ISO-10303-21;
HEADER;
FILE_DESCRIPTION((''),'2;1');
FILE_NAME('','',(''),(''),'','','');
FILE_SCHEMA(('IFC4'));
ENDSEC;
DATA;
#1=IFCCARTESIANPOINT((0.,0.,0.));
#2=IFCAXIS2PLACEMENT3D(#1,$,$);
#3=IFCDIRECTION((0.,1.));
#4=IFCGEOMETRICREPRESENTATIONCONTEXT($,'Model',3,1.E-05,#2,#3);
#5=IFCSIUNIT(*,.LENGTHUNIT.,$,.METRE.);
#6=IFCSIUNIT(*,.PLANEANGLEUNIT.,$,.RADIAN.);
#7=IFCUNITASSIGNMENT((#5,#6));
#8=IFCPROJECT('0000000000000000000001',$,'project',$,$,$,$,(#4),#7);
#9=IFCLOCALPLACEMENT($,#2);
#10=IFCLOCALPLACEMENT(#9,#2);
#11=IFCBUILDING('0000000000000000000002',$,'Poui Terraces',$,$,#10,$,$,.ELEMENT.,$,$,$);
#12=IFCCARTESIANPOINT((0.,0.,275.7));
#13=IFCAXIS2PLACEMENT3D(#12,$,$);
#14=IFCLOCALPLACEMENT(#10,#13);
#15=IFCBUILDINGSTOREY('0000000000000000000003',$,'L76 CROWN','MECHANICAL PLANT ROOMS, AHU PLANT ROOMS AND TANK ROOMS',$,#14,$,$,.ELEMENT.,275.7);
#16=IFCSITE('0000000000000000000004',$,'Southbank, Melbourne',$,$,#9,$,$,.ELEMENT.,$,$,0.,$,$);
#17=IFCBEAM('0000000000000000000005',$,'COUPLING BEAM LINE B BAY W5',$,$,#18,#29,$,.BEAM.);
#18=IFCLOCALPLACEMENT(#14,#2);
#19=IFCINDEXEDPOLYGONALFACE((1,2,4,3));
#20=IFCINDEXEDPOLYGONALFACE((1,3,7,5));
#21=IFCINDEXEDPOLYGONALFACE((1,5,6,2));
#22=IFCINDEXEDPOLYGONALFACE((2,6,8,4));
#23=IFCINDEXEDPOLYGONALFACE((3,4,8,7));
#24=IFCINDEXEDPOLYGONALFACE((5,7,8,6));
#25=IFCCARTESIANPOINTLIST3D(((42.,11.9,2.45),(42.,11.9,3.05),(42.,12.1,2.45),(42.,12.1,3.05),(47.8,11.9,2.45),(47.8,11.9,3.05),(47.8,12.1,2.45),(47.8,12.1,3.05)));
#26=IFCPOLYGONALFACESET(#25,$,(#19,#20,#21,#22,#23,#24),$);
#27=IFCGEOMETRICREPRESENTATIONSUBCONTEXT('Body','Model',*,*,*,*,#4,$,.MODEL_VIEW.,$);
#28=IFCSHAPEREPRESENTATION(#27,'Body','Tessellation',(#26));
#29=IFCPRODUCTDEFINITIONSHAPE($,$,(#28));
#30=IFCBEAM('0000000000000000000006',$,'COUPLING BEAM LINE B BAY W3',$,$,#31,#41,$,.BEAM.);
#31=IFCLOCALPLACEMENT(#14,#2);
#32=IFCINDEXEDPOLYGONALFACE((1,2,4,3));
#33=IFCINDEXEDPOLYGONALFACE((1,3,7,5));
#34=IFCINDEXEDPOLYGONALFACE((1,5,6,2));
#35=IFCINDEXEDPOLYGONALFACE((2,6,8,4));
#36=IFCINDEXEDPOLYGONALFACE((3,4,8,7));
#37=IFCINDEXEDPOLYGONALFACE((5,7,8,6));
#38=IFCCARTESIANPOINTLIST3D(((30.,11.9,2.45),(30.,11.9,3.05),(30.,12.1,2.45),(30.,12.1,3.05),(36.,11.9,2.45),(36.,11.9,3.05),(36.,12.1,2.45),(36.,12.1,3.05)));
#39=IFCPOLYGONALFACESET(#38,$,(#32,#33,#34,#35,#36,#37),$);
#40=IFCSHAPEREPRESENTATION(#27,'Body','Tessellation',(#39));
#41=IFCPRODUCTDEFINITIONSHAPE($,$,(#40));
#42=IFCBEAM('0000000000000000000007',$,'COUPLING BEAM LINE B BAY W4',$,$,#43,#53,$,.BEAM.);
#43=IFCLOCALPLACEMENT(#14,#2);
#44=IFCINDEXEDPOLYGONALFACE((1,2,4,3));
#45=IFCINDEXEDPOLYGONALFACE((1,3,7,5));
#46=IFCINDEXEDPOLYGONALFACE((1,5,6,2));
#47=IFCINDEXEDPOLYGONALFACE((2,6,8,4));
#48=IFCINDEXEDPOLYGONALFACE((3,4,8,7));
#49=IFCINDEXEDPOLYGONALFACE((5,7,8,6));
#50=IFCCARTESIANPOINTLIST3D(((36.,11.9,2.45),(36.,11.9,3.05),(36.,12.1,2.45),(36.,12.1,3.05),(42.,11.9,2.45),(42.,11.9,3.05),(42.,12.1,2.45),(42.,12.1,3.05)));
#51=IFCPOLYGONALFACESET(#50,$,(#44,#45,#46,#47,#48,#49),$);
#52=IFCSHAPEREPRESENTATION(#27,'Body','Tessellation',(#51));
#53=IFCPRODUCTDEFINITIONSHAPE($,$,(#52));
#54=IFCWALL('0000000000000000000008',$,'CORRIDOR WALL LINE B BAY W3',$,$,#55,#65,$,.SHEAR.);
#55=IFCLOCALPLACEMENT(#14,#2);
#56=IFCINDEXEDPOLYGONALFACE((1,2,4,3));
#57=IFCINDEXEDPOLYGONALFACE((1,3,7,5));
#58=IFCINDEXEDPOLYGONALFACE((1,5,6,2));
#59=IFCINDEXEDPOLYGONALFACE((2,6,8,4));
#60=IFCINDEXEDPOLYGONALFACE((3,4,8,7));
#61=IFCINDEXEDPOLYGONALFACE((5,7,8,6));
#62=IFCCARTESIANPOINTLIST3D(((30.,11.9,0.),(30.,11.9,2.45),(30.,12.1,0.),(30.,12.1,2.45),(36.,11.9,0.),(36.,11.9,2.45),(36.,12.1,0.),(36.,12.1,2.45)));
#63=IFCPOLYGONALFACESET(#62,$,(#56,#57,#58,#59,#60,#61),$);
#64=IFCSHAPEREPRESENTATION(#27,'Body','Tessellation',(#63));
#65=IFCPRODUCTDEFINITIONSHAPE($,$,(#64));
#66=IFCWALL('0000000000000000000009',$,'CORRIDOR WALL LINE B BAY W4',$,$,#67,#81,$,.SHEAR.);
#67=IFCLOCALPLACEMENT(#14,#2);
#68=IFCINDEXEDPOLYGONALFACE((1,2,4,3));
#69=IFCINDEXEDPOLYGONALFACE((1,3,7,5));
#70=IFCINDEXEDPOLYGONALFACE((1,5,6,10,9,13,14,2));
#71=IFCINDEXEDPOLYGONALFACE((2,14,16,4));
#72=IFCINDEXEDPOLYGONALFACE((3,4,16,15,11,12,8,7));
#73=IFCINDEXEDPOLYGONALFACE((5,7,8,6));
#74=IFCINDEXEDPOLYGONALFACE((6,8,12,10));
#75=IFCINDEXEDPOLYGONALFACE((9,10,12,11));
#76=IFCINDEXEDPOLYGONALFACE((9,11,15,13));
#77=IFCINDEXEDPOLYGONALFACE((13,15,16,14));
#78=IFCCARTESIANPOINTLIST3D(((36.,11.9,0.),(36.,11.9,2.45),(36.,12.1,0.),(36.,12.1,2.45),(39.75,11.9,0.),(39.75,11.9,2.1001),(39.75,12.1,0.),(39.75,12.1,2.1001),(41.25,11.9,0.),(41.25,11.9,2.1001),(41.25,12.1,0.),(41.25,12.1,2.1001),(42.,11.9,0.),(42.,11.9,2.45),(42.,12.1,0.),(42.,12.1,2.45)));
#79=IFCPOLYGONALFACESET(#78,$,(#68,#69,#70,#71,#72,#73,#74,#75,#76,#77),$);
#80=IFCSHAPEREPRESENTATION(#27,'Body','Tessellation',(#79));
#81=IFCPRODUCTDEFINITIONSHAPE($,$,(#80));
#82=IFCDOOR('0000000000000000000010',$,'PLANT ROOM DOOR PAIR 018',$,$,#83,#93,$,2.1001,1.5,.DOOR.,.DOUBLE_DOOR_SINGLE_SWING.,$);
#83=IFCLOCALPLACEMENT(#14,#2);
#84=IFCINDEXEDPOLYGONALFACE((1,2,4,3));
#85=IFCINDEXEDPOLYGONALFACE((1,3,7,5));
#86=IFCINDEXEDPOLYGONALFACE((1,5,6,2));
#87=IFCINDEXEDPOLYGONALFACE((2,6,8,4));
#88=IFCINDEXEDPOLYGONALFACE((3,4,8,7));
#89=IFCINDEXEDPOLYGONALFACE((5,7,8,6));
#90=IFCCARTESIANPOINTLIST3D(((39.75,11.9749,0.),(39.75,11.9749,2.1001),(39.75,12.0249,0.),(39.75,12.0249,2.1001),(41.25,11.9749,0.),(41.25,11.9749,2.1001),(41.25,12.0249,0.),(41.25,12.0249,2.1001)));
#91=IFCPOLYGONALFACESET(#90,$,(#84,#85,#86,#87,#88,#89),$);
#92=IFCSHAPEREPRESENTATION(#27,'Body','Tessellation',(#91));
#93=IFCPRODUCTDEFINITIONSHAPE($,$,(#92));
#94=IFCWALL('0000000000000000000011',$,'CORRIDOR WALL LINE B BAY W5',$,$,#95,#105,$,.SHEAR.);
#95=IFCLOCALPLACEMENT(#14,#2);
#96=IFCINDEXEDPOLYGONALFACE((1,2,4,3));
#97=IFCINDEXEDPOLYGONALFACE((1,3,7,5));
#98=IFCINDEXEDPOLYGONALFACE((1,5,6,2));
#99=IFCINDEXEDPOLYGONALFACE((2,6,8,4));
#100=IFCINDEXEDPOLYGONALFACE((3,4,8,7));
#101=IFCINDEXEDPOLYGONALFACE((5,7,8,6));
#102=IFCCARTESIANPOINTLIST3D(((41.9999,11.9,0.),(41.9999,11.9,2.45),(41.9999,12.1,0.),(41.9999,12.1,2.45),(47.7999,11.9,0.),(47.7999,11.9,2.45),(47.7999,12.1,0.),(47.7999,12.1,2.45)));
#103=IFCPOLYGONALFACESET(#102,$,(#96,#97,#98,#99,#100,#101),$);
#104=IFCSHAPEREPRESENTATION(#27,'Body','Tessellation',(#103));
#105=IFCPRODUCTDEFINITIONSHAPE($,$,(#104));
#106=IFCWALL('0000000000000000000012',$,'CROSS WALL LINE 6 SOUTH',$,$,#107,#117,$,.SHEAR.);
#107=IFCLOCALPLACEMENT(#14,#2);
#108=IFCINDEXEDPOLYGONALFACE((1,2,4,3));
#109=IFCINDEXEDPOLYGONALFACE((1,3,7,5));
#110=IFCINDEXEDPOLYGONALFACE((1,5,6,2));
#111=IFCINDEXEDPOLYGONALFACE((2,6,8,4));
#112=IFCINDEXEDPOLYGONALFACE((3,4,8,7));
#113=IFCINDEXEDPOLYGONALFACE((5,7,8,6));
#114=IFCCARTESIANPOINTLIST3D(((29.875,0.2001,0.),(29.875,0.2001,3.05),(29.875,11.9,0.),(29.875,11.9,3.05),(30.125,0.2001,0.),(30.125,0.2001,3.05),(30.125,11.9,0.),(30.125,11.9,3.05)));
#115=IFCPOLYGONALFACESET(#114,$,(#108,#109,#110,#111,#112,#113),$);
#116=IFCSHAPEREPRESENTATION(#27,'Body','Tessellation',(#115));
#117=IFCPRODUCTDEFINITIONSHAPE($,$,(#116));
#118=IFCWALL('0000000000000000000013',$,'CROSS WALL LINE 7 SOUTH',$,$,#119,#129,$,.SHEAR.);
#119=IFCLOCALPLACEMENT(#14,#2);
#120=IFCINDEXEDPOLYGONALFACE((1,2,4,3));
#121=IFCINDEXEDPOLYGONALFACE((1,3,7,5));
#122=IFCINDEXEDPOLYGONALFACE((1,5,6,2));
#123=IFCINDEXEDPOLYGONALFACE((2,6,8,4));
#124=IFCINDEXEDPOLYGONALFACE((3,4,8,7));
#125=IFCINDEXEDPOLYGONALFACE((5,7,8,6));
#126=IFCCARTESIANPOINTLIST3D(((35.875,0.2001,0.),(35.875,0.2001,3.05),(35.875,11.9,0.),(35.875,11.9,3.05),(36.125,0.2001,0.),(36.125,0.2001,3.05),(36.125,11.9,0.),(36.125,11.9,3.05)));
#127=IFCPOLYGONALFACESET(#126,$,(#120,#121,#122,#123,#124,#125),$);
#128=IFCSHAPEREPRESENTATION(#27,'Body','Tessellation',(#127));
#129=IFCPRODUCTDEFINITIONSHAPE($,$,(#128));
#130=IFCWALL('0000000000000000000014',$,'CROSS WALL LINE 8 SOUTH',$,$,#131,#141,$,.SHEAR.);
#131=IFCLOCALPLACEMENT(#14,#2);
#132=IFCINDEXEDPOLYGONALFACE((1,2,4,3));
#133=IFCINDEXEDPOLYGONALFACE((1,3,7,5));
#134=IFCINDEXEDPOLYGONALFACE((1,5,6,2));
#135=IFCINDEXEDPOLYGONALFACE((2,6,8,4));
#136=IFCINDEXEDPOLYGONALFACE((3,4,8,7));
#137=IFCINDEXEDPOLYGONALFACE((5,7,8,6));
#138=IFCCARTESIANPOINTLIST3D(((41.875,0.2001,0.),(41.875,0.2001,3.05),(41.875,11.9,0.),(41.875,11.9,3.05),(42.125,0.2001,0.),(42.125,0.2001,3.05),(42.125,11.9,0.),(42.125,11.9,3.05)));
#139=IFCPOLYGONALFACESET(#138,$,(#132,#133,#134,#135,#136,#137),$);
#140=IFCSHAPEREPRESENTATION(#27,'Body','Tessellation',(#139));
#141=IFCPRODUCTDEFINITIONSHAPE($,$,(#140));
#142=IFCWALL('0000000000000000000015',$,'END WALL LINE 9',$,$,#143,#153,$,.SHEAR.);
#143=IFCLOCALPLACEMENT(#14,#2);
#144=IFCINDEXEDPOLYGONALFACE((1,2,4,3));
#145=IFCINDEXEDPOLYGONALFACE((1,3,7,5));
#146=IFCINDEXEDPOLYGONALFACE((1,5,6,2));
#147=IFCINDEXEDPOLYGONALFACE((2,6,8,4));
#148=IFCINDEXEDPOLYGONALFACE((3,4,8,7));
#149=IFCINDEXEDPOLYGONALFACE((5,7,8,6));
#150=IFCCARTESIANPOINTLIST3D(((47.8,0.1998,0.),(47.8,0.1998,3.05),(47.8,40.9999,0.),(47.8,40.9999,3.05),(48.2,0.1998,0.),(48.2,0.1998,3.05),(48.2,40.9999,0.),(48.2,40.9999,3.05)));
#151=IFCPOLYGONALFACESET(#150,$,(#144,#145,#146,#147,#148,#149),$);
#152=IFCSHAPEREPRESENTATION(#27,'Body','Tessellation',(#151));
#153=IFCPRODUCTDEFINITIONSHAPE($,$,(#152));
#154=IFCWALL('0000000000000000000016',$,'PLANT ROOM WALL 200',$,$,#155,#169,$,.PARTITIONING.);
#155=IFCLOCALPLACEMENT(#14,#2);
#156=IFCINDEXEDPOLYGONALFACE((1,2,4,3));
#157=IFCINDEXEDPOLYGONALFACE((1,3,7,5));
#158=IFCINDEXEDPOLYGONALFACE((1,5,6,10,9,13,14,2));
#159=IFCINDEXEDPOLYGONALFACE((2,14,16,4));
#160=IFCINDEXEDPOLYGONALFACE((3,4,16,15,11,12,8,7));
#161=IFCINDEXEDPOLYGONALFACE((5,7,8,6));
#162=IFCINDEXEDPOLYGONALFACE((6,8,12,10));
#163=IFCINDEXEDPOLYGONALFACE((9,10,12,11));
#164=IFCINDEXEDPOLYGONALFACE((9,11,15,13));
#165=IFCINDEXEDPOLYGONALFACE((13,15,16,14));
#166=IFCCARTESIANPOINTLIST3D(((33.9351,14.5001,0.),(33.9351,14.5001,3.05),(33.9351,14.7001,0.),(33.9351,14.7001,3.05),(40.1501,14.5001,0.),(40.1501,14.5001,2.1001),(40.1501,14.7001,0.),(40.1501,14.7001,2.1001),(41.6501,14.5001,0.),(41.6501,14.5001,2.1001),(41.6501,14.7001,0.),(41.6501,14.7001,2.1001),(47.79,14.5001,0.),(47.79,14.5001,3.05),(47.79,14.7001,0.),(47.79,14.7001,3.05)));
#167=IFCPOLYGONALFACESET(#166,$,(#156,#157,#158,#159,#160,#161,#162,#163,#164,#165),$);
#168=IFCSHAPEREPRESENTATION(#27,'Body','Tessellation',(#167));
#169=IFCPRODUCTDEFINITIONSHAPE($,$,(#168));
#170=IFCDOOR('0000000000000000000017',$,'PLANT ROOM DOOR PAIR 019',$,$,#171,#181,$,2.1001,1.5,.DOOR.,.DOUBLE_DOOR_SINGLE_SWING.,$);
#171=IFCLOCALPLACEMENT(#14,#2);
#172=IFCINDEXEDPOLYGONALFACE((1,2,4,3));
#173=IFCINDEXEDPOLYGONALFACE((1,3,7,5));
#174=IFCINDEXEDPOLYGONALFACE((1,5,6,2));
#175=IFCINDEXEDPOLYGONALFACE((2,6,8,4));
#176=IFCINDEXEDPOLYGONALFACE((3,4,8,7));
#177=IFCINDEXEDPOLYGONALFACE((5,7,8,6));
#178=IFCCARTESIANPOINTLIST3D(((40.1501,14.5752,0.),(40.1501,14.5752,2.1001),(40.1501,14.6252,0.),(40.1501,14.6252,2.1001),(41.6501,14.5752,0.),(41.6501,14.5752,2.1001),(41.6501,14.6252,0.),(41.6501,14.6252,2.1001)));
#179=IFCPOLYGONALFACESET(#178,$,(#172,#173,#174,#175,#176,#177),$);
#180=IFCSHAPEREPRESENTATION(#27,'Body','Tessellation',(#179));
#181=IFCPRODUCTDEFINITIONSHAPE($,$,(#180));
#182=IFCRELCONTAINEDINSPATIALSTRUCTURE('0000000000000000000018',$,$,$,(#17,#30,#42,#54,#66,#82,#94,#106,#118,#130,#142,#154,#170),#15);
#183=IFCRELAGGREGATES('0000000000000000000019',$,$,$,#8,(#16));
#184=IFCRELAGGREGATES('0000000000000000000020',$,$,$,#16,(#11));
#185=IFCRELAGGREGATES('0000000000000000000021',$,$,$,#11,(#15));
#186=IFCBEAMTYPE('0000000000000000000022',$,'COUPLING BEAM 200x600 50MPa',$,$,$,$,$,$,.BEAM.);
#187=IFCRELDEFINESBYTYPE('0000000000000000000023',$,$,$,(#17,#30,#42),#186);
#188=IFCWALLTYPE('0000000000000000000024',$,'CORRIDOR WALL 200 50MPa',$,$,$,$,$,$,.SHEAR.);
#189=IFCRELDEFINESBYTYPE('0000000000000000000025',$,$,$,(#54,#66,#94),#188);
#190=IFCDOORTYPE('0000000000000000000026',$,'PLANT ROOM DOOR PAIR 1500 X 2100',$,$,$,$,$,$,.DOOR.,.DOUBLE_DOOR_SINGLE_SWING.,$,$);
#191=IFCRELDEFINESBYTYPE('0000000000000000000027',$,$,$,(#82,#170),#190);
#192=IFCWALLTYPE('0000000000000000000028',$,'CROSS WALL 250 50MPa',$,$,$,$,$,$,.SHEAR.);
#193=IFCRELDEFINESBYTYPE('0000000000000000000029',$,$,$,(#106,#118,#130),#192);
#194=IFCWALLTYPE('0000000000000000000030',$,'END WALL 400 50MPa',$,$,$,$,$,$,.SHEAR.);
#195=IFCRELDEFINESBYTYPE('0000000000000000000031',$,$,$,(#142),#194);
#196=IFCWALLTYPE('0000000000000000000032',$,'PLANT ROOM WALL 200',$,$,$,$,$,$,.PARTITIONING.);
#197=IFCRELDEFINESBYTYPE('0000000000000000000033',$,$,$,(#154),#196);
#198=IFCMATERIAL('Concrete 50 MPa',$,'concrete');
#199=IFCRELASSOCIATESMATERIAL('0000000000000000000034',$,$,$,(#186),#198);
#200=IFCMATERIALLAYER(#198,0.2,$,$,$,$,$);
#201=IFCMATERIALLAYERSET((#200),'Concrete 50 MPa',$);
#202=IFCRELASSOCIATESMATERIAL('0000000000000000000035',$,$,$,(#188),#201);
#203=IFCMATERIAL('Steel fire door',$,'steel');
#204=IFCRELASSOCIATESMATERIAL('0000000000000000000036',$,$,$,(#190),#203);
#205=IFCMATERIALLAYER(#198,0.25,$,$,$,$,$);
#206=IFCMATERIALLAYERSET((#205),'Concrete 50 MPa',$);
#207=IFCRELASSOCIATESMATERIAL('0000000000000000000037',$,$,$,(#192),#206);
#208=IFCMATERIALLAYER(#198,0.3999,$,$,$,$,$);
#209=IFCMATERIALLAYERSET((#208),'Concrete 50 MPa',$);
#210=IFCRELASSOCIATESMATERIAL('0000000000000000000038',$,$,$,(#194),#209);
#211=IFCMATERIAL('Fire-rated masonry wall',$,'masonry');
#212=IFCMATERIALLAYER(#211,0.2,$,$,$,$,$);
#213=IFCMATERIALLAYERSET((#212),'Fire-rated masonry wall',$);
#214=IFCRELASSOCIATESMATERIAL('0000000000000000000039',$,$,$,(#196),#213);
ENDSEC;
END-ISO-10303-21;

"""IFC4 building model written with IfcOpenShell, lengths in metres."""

from ifc_helpers import new_model, si_unit, direction, frame, frame_2d, origin, origin_2d, place, context, subcontext, project, spatial, rectangle, extrude, source, transform, mapped, material, layer, layer_set, material_profile, profile_set, type_object, element, fill, save


model = new_model("IFC4")

# Units and contexts
model_context = context("Model", 3, precision=1e-05, world=origin(), true_north=direction((0.0, 1.0)))
body_context = subcontext(model_context, "Body", "Model", "MODEL_VIEW")
ifc_project = project(units=[si_unit("LENGTHUNIT", "METRE"), si_unit("PLANEANGLEUNIT", "RADIAN")], contexts=[model_context])

# Site, building, storey
site_placement = place(None, origin())
site = spatial("IfcSite", under=ifc_project, at=site_placement, Name="Southbank, Melbourne", CompositionType="ELEMENT", RefElevation=0.0)
building_placement = place(site_placement, origin())
building = spatial("IfcBuilding", under=site, at=building_placement, Name="Poui Terraces", CompositionType="ELEMENT")
storey_placement = place(building_placement, frame((0.0, 0.0, 275.7)))
storey = spatial("IfcBuildingStorey", under=building, at=storey_placement, Name="L76 CROWN", Description="MECHANICAL PLANT ROOMS, AHU PLANT ROOMS AND TANK ROOMS", CompositionType="ELEMENT", Elevation=275.7)

# Beams
ifc_material_1 = material(Name="Concrete 50 MPa", Category="concrete")
ifc_material_profile_1 = material_profile(ifc_material_1, rectangle(XDim=0.2, YDim=0.6001, at=origin_2d()), Name="RC 200x600")
ifc_profile_set_1 = profile_set([ifc_material_profile_1], Name="Concrete 50 MPa")
beam_type = type_object("IfcBeamType", Name="COUPLING BEAM 200x600 50MPa", PredefinedType="BEAM", material=ifc_profile_set_1)
shared_shape_1 = source(origin(), body_context, "Body", "SweptSolid", [
    extrude(rectangle(XDim=0.2, YDim=0.6001, at=origin_2d()), origin(), (0.0, 0.0, 1.0), 5.8),
])
beam_placement = place(storey_placement, frame((42.0, 12.0, 2.75), z_axis=(1.0, 0.0, 0.0), x_axis=(0.0, 1.0, 0.0)))
element("IfcBeam", 1, at=beam_placement, inside=storey, type_object=beam_type, Name="COUPLING BEAM LINE B BAY W5", PredefinedType="BEAM", context=body_context, shape_type="MappedRepresentation", body=[
    mapped(shared_shape_1, transform((0.0, 0.0, 0.0))),
])
shared_shape_2 = source(origin(), body_context, "Body", "SweptSolid", [
    extrude(rectangle(XDim=0.2, YDim=0.6001, at=origin_2d()), origin(), (0.0, 0.0, 1.0), 6.0),
])
for number, where, z_axis, x_axis, name in (
    (2, (30.0, 12.0, 2.75), (1.0, 0.0, 0.0), (0.0, 1.0, 0.0), "COUPLING BEAM LINE B BAY W3"),
    (3, (36.0, 12.0, 2.75), (1.0, 0.0, 0.0), (0.0, 1.0, 0.0), "COUPLING BEAM LINE B BAY W4"),
):
    element("IfcBeam", number, at=place(storey_placement, frame(where, z_axis=z_axis, x_axis=x_axis)), inside=storey, type_object=beam_type, Name=name, PredefinedType="BEAM", context=body_context, shape_type="MappedRepresentation", body=[
        mapped(shared_shape_2, transform((0.0, 0.0, 0.0))),
    ])

# Wall
ifc_layer_1 = layer(ifc_material_1, 0.2)
ifc_layer_set_1 = layer_set([ifc_layer_1], Name="Concrete 50 MPa")
wall_type_1 = type_object("IfcWallType", Name="CORRIDOR WALL 200 50MPa", PredefinedType="SHEAR", material=ifc_layer_set_1)
wall_1_placement = place(storey_placement, frame((30.0, 12.0, 0.0), z_axis=(0.0, 0.0, 1.0), x_axis=(1.0, 0.0, 0.0)))
element("IfcWall", 4, at=wall_1_placement, inside=storey, type_object=wall_type_1, Name="CORRIDOR WALL LINE B BAY W3", PredefinedType="SHEAR", context=body_context, shape_type="SweptSolid", body=[
    extrude(rectangle(XDim=6.0, YDim=0.2, at=frame_2d((3.0, 0.0))), origin(), (0.0, 0.0, 1.0), 2.45),
])

# Wall, opening, door
wall_2_placement = place(storey_placement, frame((36.0, 12.0, 0.0), z_axis=(0.0, 0.0, 1.0), x_axis=(1.0, 0.0, 0.0)))
wall_2 = element("IfcWall", 5, at=wall_2_placement, inside=storey, type_object=wall_type_1, Name="CORRIDOR WALL LINE B BAY W4", PredefinedType="SHEAR", context=body_context, shape_type="SweptSolid", body=[
    extrude(rectangle(XDim=6.0, YDim=0.2, at=frame_2d((3.0, 0.0))), origin(), (0.0, 0.0, 1.0), 2.45),
])
opening_1_placement = place(wall_2_placement, frame((3.75, 0.0, 0.0)))
opening_1 = element("IfcOpeningElement", 6, at=opening_1_placement, cuts=wall_2, PredefinedType="OPENING", context=body_context, shape_type="SweptSolid", body=[
    extrude(rectangle(XDim=1.5, YDim=2.1001, at=frame_2d((0.75, 1.05))), frame((0.0, 0.1099, 0.0), z_axis=(0.0, -1.0, 0.0), x_axis=(1.0, 0.0, 0.0)), (0.0, 0.0, 1.0), 0.22),
])
ifc_material_2 = material(Name="Steel fire door", Category="steel")
door_type_1 = type_object("IfcDoorType", Name="PLANT ROOM DOOR PAIR 1500 X 2100", OperationType="DOUBLE_DOOR_SINGLE_SWING", PredefinedType="DOOR", material=ifc_material_2)
door_1_placement = place(opening_1_placement, origin())
door_1 = element("IfcDoor", 7, at=door_1_placement, inside=storey, type_object=door_type_1, Name="PLANT ROOM DOOR PAIR 018", OperationType="DOUBLE_DOOR_SINGLE_SWING", OverallHeight=2.1001, OverallWidth=1.5, PredefinedType="DOOR", context=body_context, shape_type="SweptSolid", body=[
    extrude(rectangle(XDim=1.5, YDim=2.1001, at=frame_2d((0.75, 1.05))), frame((0.0, 0.0249, 0.0), z_axis=(0.0, -1.0, 0.0), x_axis=(1.0, 0.0, 0.0)), (0.0, 0.0, 1.0), 0.05),
])
fill(opening_1, door_1)

# Walls
wall_3_placement = place(storey_placement, frame((42.0, 12.0, 0.0), z_axis=(0.0, 0.0, 1.0), x_axis=(1.0, 0.0, 0.0)))
element("IfcWall", 8, at=wall_3_placement, inside=storey, type_object=wall_type_1, Name="CORRIDOR WALL LINE B BAY W5", PredefinedType="SHEAR", context=body_context, shape_type="SweptSolid", body=[
    extrude(rectangle(XDim=5.8, YDim=0.2, at=frame_2d((2.8999, 0.0))), origin(), (0.0, 0.0, 1.0), 2.45),
])
ifc_layer_2 = layer(ifc_material_1, 0.25)
ifc_layer_set_2 = layer_set([ifc_layer_2], Name="Concrete 50 MPa")
wall_type_2 = type_object("IfcWallType", Name="CROSS WALL 250 50MPa", PredefinedType="SHEAR", material=ifc_layer_set_2)
for number, where, z_axis, x_axis, name in (
    (9, (30.0, 0.2, 0.0), (0.0, 0.0, 1.0), (0.0, 1.0, 0.0), "CROSS WALL LINE 6 SOUTH"),
    (10, (36.0, 0.2, 0.0), (0.0, 0.0, 1.0), (0.0, 1.0, 0.0), "CROSS WALL LINE 7 SOUTH"),
    (11, (42.0, 0.2, 0.0), (0.0, 0.0, 1.0), (0.0, 1.0, 0.0), "CROSS WALL LINE 8 SOUTH"),
):
    element("IfcWall", number, at=place(storey_placement, frame(where, z_axis=z_axis, x_axis=x_axis)), inside=storey, type_object=wall_type_2, Name=name, PredefinedType="SHEAR", context=body_context, shape_type="SweptSolid", body=[
        extrude(rectangle(XDim=11.7, YDim=0.25, at=frame_2d((5.8501, 0.0))), origin(), (0.0, 0.0, 1.0), 3.05),
    ])
ifc_layer_3 = layer(ifc_material_1, 0.3999)
ifc_layer_set_3 = layer_set([ifc_layer_3], Name="Concrete 50 MPa")
wall_type_3 = type_object("IfcWallType", Name="END WALL 400 50MPa", PredefinedType="SHEAR", material=ifc_layer_set_3)
wall_4_placement = place(storey_placement, frame((48.0, 0.2, 0.0), z_axis=(0.0, 0.0, 1.0), x_axis=(0.0, 1.0, 0.0)))
element("IfcWall", 12, at=wall_4_placement, inside=storey, type_object=wall_type_3, Name="END WALL LINE 9", PredefinedType="SHEAR", context=body_context, shape_type="SweptSolid", body=[
    extrude(rectangle(XDim=40.8, YDim=0.3999, at=frame_2d((20.3999, 0.0))), origin(), (0.0, 0.0, 1.0), 3.05),
])

# Wall, opening, door
ifc_material_3 = material(Name="Fire-rated masonry wall", Category="masonry")
ifc_layer_4 = layer(ifc_material_3, 0.2)
ifc_layer_set_4 = layer_set([ifc_layer_4], Name="Fire-rated masonry wall")
wall_type_4 = type_object("IfcWallType", Name="PLANT ROOM WALL 200", PredefinedType="PARTITIONING", material=ifc_layer_set_4)
wall_5_placement = place(storey_placement, frame((33.9351, 14.6001, 0.0), z_axis=(0.0, 0.0, 1.0), x_axis=(1.0, 0.0, 0.0)))
wall_5 = element("IfcWall", 13, at=wall_5_placement, inside=storey, type_object=wall_type_4, Name="PLANT ROOM WALL 200", PredefinedType="PARTITIONING", context=body_context, shape_type="SweptSolid", body=[
    extrude(rectangle(XDim=13.855, YDim=0.2, at=frame_2d((6.9275, 0.0))), origin(), (0.0, 0.0, 1.0), 3.05),
])
opening_2_placement = place(wall_5_placement, frame((6.2151, 0.0, 0.0)))
opening_2 = element("IfcOpeningElement", 14, at=opening_2_placement, cuts=wall_5, PredefinedType="OPENING", context=body_context, shape_type="SweptSolid", body=[
    extrude(rectangle(XDim=1.5, YDim=2.1001, at=frame_2d((0.75, 1.05))), frame((0.0, 0.1099, 0.0), z_axis=(0.0, -1.0, 0.0), x_axis=(1.0, 0.0, 0.0)), (0.0, 0.0, 1.0), 0.22),
])
door_2_placement = place(opening_2_placement, frame((1.5, 0.0, 0.0), z_axis=(0.0, 0.0, 1.0), x_axis=(-1.0, 0.0, 0.0)))
door_2 = element("IfcDoor", 15, at=door_2_placement, inside=storey, type_object=door_type_1, Name="PLANT ROOM DOOR PAIR 019", OperationType="DOUBLE_DOOR_SINGLE_SWING", OverallHeight=2.1001, OverallWidth=1.5, PredefinedType="DOOR", context=body_context, shape_type="SweptSolid", body=[
    extrude(rectangle(XDim=1.5, YDim=2.1001, at=frame_2d((0.75, 1.05))), frame((0.0, 0.0249, 0.0), z_axis=(0.0, -1.0, 0.0), x_axis=(1.0, 0.0, 0.0)), (0.0, 0.0, 1.0), 0.05),
])
fill(opening_2, door_2)

save(model, "model.ifc")
